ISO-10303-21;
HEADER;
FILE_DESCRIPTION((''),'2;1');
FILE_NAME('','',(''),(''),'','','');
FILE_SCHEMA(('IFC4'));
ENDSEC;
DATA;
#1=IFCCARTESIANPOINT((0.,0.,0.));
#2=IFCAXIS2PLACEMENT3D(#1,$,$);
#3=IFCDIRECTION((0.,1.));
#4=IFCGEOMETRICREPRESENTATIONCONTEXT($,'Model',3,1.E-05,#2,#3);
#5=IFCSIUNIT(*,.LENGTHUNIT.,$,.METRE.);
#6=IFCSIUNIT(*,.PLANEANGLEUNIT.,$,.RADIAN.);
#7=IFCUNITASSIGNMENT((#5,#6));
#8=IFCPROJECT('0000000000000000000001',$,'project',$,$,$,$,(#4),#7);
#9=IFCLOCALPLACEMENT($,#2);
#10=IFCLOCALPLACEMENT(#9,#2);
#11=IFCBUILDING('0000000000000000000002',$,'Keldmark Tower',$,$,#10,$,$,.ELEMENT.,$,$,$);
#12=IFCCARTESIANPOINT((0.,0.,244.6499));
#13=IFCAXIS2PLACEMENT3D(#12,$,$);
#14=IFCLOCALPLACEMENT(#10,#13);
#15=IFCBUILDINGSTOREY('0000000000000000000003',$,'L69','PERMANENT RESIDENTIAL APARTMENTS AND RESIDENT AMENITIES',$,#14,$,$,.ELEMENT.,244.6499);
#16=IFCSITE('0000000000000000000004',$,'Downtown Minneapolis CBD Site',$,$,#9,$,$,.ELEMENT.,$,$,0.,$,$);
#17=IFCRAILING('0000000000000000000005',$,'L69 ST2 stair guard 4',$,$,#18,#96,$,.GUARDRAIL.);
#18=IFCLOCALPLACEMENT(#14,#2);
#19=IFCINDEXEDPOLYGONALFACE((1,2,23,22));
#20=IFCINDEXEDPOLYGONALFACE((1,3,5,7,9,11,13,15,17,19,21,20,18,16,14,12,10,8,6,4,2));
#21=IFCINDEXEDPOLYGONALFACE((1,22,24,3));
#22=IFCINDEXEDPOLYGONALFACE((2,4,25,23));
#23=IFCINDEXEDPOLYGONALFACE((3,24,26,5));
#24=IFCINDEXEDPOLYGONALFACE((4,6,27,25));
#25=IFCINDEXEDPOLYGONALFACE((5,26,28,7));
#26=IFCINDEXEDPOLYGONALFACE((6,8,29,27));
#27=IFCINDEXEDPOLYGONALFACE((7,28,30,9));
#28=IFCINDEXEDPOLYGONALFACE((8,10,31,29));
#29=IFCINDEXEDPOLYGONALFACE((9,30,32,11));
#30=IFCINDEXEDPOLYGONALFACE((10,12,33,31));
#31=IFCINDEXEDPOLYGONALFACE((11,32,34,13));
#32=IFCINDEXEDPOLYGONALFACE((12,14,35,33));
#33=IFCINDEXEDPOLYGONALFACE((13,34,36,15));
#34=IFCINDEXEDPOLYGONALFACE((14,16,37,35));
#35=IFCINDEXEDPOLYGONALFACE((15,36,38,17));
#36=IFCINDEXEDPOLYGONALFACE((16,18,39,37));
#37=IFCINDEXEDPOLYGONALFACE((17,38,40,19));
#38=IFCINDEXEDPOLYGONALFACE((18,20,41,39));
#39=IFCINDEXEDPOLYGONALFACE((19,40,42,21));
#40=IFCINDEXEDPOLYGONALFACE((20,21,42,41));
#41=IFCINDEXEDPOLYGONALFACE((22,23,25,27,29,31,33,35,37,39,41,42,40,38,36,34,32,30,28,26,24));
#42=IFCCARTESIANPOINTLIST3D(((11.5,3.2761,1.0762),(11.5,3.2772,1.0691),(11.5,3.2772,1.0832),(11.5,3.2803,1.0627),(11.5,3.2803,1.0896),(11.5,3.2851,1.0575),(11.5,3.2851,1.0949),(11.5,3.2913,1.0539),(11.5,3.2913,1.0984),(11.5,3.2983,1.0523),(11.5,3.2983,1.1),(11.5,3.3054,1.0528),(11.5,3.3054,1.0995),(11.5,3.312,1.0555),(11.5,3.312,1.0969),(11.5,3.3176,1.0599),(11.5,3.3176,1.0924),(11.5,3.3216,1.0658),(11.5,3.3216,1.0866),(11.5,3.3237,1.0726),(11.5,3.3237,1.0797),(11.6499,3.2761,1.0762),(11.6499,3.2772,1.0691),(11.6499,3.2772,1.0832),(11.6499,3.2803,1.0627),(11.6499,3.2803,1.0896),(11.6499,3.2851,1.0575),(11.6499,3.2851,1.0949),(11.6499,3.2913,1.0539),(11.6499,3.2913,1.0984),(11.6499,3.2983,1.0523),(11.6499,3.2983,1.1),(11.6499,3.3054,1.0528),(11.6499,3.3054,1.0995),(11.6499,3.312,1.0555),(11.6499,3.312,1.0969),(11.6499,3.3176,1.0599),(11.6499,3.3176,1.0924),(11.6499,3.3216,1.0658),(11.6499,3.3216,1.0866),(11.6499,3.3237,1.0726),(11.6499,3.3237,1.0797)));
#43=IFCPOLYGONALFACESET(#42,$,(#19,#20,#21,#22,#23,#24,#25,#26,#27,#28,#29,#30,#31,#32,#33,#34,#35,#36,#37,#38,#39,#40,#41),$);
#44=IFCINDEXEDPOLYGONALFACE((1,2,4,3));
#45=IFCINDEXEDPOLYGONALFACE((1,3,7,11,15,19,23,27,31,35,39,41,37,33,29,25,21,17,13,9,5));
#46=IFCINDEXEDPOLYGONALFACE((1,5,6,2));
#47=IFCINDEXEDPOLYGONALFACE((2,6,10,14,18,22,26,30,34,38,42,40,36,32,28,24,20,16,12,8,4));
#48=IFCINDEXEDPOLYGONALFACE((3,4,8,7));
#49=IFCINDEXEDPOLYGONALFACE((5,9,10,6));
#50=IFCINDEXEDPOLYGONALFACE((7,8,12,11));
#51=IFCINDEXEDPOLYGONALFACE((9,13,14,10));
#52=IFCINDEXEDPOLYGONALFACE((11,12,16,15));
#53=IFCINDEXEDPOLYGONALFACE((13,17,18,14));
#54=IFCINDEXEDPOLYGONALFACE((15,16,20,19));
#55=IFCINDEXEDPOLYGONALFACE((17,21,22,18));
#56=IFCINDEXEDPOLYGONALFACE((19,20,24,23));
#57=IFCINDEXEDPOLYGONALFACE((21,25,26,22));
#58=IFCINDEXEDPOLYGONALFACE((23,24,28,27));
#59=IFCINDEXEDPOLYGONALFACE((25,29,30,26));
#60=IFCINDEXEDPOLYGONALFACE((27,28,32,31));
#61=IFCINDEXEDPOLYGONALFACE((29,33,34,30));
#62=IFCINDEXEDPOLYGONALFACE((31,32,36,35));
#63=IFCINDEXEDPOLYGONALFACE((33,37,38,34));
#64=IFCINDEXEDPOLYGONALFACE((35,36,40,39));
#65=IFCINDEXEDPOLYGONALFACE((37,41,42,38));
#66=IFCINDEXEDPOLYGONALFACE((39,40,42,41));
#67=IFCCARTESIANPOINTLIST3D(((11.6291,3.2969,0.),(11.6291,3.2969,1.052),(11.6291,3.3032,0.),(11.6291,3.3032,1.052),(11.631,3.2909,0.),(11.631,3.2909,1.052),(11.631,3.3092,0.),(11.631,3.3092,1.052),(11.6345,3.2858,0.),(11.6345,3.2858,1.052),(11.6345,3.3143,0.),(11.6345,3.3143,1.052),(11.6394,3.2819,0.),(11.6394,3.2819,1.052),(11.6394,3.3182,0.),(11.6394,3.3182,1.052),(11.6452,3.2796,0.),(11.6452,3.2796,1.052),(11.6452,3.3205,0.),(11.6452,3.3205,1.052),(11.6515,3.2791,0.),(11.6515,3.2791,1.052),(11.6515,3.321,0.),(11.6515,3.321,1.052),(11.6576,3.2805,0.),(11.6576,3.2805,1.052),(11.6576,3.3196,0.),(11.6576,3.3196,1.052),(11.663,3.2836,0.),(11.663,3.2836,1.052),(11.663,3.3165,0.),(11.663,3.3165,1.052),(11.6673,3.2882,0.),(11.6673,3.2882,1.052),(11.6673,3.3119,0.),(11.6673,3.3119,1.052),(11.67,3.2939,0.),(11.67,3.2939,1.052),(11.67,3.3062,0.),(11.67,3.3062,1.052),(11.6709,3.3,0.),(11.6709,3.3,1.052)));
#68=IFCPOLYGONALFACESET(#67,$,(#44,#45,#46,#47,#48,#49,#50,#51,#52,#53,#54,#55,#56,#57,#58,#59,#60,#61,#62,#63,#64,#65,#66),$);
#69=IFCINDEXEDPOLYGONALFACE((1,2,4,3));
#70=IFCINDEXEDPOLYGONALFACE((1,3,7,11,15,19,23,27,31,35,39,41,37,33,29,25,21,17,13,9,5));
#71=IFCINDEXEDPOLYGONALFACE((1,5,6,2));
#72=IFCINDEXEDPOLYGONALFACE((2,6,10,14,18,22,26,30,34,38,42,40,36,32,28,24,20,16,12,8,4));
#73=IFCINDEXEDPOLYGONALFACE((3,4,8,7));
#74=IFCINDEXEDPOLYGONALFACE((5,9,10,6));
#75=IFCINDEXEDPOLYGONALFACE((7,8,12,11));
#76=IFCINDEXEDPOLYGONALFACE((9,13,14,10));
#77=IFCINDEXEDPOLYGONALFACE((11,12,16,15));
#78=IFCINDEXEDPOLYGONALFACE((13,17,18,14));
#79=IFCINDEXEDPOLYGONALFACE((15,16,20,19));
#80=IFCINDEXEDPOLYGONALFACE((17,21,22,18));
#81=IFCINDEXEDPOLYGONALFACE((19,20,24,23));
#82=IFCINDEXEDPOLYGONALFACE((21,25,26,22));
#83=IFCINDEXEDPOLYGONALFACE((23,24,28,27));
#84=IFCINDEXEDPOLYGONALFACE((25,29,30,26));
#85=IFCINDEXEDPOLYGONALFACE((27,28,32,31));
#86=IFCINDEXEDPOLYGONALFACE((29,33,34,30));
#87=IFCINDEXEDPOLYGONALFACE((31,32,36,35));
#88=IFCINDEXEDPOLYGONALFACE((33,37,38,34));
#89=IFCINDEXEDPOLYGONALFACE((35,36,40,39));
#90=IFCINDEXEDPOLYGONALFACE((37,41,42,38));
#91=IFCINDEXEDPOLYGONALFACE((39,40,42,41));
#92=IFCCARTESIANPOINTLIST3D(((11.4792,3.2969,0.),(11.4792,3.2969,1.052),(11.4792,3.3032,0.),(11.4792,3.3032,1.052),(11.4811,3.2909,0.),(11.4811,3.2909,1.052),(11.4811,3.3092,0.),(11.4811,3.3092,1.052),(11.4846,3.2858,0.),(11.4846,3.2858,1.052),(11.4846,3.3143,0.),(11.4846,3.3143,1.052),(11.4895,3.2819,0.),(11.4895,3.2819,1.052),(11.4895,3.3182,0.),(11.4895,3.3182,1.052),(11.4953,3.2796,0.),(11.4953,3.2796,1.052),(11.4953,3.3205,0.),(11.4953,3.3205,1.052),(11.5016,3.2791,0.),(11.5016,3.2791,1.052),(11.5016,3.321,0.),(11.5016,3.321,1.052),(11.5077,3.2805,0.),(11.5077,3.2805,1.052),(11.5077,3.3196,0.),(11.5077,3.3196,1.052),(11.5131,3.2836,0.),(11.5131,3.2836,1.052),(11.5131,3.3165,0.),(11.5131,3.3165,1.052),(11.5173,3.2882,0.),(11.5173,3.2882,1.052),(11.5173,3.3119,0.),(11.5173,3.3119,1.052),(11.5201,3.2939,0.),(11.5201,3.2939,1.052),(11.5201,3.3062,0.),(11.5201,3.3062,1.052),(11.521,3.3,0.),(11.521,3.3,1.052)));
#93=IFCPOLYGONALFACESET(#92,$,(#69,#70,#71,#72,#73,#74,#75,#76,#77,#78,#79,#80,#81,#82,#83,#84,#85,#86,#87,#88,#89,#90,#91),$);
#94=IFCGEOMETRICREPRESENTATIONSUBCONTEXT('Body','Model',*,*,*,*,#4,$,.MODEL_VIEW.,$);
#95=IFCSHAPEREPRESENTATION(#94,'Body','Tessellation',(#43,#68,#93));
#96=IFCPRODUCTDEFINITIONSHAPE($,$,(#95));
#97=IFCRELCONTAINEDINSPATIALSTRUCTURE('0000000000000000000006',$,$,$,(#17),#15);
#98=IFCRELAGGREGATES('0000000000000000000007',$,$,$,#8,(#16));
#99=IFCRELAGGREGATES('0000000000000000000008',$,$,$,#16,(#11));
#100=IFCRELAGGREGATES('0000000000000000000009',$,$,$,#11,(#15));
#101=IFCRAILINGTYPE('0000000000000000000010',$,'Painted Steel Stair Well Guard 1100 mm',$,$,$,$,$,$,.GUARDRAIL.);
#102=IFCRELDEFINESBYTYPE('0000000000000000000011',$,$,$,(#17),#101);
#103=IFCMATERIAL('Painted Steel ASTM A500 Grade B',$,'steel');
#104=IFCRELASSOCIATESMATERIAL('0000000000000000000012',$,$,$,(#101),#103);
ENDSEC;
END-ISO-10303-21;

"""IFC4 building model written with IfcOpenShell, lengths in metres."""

from ifc_helpers import new_model, si_unit, direction, frame, origin, origin_2d, place, context, subcontext, project, spatial, circle, extrude, material, type_object, element, save


model = new_model("IFC4")

# Units and contexts
model_context = context("Model", 3, precision=1e-05, world=origin(), true_north=direction((0.0, 1.0)))
body_context = subcontext(model_context, "Body", "Model", "MODEL_VIEW")
ifc_project = project(units=[si_unit("LENGTHUNIT", "METRE"), si_unit("PLANEANGLEUNIT", "RADIAN")], contexts=[model_context])

# Site, building, storey
site_placement = place(None, origin())
site = spatial("IfcSite", under=ifc_project, at=site_placement, Name="Downtown Minneapolis CBD Site", CompositionType="ELEMENT", RefElevation=0.0)
building_placement = place(site_placement, origin())
building = spatial("IfcBuilding", under=site, at=building_placement, Name="Keldmark Tower", CompositionType="ELEMENT")
storey_placement = place(building_placement, frame((0.0, 0.0, 244.6499)))
storey = spatial("IfcBuildingStorey", under=building, at=storey_placement, Name="L69", Description="PERMANENT RESIDENTIAL APARTMENTS AND RESIDENT AMENITIES", CompositionType="ELEMENT", Elevation=244.6499)

# Railing
ifc_material_1 = material(Name="Painted Steel ASTM A500 Grade B", Category="steel")
railing_type_1 = type_object("IfcRailingType", Name="Painted Steel Stair Well Guard 1100 mm", PredefinedType="GUARDRAIL", material=ifc_material_1)
railing_1_placement = place(storey_placement, frame((11.6499, 3.3, 0.0)))
element("IfcRailing", 1, at=railing_1_placement, inside=storey, type_object=railing_type_1, Name="L69 ST2 stair guard 4", PredefinedType="GUARDRAIL", context=body_context, shape_type="SweptSolid", body=[
    extrude(circle(Radius=0.0239, at=origin_2d()), frame((0.0, 0.0, 1.0762), z_axis=(-1.0, 0.0, 0.0), x_axis=(0.0, -1.0, 0.0)), (0.0, 0.0, 1.0), 0.1499),
    extrude(circle(Radius=0.021, at=origin_2d()), origin(), (0.0, 0.0, 1.0), 1.052),
    extrude(circle(Radius=0.021, at=origin_2d()), frame((-0.1499, 0.0, 0.0)), (0.0, 0.0, 1.0), 1.052),
])

save(model, "model.ifc")
